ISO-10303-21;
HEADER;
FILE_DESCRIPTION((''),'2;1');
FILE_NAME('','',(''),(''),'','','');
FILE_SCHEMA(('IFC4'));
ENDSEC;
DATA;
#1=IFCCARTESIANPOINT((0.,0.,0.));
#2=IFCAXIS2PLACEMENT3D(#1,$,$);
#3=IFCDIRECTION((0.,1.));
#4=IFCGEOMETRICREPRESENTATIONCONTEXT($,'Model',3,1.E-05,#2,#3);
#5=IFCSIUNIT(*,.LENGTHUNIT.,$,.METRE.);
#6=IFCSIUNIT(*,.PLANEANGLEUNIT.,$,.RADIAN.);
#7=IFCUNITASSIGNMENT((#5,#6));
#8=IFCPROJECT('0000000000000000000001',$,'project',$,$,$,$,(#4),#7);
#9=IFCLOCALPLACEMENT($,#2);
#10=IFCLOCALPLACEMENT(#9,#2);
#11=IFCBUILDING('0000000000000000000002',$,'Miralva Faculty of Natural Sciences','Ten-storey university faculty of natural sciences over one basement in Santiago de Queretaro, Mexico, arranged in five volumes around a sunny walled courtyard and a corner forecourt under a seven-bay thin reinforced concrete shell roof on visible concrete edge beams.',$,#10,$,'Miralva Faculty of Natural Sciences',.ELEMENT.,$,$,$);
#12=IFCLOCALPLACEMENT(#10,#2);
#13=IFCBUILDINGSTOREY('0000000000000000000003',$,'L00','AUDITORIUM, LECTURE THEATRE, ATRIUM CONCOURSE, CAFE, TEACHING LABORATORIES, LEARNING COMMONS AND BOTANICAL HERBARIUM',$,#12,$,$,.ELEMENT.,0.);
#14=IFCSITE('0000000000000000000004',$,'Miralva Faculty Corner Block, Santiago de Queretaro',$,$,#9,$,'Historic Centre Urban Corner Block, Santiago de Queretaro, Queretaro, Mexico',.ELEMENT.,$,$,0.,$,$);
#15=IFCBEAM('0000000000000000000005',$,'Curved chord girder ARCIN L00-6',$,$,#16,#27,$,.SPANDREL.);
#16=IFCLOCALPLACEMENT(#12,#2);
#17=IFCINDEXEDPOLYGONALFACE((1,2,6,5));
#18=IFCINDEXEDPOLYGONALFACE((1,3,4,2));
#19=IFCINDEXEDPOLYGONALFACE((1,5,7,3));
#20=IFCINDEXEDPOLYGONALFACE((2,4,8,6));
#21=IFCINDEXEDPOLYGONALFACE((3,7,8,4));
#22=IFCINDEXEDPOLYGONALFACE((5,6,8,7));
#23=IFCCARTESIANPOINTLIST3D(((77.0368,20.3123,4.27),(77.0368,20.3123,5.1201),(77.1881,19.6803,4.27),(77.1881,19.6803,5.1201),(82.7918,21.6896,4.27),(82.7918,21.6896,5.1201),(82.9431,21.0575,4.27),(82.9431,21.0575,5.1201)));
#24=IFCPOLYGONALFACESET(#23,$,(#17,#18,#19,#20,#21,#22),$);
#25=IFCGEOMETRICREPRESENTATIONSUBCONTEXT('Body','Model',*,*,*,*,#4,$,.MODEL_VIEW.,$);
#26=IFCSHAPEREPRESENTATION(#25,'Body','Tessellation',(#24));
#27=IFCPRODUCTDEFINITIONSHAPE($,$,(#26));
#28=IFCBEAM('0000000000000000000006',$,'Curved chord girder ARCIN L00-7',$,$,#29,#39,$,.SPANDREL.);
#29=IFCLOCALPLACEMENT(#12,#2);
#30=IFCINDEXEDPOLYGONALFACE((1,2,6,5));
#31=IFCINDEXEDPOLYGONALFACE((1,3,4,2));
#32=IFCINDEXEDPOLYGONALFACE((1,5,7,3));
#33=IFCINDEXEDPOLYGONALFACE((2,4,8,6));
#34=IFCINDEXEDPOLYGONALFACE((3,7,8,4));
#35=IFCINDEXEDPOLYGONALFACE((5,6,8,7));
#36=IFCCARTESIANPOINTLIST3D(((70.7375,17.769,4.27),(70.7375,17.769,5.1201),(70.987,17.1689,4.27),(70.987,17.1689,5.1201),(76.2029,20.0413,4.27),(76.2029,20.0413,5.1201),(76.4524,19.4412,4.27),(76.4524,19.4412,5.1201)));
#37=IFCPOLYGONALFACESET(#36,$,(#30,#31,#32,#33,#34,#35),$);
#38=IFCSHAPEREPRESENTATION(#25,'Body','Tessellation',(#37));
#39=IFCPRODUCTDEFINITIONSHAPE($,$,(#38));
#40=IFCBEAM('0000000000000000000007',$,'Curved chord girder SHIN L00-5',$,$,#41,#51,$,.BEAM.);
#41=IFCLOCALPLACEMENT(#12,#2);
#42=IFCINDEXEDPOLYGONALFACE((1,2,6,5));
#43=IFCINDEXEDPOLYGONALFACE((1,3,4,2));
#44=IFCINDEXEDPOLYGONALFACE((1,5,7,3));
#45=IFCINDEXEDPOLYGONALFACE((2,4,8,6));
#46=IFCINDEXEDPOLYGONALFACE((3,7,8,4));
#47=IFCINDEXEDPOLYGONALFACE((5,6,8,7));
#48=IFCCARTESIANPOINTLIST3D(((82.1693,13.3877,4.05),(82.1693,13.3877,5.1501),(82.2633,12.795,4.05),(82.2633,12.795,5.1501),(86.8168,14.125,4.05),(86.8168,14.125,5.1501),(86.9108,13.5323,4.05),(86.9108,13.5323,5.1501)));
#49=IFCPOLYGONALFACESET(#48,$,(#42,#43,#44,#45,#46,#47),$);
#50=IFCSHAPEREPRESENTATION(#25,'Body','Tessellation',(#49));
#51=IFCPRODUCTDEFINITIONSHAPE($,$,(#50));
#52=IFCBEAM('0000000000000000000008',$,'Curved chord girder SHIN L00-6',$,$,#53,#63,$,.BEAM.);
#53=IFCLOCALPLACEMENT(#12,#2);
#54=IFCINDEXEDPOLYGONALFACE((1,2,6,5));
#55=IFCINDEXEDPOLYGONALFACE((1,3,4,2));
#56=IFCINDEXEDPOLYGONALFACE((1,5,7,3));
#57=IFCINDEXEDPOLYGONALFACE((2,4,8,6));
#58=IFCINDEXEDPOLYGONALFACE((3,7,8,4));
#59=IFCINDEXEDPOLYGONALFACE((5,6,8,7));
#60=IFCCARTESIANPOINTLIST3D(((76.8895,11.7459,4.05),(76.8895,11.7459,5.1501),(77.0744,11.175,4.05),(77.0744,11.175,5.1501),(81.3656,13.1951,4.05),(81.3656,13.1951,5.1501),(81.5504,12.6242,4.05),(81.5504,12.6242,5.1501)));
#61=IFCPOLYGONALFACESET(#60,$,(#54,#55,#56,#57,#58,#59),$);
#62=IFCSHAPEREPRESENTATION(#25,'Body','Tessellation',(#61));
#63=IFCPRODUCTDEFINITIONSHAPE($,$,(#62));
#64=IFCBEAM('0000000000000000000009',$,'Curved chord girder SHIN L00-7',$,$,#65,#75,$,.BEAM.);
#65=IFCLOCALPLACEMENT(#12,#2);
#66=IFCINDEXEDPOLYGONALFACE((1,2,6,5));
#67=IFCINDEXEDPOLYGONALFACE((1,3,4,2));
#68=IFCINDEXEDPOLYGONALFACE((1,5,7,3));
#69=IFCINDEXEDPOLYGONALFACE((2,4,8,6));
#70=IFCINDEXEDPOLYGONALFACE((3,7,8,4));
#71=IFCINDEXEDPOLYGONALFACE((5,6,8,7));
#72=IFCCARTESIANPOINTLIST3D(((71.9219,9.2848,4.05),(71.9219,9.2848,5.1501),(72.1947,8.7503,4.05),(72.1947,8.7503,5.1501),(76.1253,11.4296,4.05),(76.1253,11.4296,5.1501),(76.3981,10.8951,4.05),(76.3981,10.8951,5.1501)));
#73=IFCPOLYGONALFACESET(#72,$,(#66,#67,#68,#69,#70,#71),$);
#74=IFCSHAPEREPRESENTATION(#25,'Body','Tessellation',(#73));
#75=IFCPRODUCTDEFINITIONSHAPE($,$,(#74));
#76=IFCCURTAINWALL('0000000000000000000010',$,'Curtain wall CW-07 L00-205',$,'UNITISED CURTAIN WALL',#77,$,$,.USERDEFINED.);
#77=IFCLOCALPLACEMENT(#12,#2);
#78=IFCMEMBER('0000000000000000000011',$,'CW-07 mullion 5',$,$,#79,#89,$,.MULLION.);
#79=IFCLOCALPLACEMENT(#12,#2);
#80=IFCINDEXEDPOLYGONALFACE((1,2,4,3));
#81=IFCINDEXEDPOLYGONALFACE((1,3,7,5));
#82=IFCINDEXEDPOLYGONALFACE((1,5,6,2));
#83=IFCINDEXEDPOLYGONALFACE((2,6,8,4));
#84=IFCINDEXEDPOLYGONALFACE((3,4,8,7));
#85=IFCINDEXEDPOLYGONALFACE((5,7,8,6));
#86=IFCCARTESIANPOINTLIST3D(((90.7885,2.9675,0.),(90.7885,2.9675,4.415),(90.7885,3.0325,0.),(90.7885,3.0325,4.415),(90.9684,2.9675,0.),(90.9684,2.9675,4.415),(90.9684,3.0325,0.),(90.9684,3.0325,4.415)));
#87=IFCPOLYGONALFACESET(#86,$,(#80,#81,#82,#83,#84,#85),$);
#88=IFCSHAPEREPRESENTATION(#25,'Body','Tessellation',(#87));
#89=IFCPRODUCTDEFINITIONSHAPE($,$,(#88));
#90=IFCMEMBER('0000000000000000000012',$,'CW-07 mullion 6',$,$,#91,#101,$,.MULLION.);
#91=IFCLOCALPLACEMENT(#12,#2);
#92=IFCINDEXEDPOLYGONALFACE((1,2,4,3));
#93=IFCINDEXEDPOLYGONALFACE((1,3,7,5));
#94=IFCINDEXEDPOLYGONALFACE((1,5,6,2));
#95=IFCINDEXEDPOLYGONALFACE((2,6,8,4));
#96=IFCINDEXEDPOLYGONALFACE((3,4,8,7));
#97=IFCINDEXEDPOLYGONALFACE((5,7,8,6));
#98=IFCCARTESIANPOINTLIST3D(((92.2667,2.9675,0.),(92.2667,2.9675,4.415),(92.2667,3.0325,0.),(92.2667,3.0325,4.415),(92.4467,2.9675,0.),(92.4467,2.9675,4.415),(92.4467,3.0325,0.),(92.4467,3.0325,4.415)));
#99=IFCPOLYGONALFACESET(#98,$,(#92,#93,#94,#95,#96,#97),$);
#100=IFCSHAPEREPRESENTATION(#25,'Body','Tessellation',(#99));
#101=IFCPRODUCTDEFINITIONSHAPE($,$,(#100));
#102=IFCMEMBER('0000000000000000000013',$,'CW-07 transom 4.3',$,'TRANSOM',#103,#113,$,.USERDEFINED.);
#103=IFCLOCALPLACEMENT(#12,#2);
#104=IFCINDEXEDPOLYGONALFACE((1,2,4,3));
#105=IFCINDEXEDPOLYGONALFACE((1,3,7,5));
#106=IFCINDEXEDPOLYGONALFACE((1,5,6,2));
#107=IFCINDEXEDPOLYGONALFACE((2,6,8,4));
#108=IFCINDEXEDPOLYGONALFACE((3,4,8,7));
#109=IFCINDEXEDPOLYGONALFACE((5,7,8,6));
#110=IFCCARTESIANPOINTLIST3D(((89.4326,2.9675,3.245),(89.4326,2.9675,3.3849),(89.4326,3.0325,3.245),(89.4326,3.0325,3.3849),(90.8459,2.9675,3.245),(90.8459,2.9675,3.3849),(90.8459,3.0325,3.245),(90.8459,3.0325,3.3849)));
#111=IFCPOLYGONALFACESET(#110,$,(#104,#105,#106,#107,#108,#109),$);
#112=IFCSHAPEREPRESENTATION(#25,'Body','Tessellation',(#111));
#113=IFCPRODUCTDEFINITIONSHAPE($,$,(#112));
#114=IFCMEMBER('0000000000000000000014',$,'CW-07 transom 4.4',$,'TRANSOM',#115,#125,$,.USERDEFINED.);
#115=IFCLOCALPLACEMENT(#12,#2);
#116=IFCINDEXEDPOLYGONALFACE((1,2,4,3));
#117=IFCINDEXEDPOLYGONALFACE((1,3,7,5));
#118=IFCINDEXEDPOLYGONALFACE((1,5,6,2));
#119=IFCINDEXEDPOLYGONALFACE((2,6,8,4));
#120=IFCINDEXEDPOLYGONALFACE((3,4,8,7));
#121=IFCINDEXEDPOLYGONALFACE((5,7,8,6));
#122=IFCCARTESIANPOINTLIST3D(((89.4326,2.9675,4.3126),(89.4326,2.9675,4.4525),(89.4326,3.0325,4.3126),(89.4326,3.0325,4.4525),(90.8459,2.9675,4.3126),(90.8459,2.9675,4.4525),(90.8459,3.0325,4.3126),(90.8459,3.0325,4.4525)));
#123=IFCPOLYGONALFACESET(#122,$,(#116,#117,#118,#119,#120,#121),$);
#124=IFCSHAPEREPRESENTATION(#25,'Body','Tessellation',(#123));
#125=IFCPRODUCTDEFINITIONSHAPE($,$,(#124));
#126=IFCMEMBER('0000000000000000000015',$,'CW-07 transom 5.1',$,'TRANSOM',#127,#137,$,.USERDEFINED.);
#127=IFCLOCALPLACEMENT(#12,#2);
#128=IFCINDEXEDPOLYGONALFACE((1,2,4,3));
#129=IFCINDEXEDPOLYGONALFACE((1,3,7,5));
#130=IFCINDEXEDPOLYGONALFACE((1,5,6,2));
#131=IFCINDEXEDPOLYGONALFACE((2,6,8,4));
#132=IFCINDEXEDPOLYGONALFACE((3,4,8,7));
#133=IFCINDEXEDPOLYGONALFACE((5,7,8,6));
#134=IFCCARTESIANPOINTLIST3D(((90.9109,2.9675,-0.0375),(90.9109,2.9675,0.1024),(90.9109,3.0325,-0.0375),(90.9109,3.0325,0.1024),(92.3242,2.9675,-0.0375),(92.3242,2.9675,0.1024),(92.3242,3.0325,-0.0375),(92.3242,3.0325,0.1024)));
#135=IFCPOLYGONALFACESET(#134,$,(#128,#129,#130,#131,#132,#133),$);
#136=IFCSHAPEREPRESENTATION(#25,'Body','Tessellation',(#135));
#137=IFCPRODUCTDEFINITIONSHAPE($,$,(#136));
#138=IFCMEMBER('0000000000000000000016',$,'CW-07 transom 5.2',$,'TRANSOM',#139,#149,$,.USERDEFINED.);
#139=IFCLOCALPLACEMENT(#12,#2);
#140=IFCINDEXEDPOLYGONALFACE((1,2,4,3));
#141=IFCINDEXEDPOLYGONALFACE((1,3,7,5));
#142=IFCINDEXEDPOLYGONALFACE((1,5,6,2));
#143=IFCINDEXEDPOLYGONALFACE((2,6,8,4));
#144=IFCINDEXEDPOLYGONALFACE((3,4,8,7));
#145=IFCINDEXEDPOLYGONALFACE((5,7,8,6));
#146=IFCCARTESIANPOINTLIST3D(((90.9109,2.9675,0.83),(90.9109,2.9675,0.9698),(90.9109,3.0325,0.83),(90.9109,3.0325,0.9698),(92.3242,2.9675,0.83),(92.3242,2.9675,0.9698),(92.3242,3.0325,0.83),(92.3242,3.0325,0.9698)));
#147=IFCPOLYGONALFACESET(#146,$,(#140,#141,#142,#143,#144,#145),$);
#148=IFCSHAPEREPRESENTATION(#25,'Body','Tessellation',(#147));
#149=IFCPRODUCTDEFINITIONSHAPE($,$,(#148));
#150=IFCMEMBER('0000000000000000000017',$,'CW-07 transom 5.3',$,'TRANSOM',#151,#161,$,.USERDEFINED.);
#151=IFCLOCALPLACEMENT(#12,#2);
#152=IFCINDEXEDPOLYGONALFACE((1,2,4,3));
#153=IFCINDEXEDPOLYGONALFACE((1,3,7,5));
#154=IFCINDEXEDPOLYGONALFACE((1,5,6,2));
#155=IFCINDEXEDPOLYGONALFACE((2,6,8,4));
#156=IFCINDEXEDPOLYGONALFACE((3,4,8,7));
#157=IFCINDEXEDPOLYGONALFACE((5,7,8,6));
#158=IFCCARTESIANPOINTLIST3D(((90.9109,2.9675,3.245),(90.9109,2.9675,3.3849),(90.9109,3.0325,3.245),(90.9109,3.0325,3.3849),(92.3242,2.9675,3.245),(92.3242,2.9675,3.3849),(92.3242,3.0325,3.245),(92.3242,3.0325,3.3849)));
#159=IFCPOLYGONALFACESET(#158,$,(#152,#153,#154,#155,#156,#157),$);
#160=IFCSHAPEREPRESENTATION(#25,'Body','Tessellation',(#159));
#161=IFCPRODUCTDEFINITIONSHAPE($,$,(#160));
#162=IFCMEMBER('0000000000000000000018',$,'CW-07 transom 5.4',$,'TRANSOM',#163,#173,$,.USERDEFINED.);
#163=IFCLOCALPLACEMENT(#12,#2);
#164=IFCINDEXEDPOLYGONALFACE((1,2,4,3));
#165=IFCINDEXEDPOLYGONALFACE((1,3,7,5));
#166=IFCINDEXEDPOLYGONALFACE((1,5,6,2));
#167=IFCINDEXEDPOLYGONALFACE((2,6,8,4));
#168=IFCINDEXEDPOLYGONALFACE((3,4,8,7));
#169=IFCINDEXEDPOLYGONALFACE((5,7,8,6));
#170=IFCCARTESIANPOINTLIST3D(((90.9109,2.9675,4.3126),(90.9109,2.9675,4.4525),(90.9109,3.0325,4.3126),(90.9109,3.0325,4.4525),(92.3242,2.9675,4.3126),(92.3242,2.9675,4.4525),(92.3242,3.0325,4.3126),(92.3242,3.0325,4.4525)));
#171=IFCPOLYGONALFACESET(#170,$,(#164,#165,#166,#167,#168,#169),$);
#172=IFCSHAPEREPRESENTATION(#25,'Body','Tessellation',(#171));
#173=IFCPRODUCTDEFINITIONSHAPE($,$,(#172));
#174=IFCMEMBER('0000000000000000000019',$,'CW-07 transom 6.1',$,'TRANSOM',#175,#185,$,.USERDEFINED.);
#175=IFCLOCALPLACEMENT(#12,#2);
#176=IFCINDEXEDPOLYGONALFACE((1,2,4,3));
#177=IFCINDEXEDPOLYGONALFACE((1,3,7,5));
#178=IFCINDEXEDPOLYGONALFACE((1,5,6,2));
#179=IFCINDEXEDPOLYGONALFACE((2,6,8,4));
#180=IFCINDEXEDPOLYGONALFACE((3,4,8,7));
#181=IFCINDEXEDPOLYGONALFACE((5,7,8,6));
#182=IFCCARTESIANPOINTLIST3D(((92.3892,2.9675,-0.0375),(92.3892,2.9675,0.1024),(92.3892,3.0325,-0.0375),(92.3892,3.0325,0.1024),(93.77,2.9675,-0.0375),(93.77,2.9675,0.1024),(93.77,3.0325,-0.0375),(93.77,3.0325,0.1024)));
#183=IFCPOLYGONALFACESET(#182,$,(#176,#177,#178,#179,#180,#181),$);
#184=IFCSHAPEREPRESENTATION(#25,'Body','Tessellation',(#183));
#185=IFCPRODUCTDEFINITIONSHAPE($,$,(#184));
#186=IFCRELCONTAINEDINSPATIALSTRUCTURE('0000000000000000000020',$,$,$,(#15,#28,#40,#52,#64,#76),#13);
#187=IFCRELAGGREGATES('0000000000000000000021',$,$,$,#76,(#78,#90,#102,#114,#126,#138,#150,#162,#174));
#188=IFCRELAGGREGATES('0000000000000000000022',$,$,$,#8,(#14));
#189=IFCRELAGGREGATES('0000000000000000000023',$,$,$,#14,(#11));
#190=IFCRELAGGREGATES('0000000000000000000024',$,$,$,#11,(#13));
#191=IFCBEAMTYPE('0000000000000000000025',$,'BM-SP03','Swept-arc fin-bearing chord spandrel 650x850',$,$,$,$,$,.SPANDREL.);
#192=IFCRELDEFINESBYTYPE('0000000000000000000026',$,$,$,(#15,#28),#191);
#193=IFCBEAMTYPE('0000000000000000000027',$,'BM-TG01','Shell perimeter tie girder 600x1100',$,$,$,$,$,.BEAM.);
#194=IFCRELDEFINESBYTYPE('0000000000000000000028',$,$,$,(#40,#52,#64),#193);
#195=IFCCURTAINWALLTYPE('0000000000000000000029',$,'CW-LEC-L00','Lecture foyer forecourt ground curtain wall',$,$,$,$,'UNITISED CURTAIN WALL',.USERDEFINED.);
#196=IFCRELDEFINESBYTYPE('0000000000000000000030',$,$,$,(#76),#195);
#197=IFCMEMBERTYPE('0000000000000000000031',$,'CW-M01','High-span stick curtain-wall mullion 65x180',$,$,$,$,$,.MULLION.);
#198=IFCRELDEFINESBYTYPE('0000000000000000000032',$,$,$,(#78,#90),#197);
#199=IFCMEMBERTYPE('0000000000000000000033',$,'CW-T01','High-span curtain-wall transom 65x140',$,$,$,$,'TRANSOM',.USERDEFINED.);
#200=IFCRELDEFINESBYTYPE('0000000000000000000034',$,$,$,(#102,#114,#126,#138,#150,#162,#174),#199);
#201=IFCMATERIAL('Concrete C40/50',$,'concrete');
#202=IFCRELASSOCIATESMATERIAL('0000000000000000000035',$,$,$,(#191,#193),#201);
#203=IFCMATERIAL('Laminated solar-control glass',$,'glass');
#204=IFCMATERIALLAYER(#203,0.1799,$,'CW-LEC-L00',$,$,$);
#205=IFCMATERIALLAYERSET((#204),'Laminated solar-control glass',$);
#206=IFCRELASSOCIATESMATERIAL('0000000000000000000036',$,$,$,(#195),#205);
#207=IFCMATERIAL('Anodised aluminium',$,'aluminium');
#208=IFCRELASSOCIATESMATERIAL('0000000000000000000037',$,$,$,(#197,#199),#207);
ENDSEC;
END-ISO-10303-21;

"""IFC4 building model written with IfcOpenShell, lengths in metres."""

from ifc_helpers import new_model, si_unit, direction, frame, origin, origin_2d, place, context, subcontext, project, spatial, rectangle, extrude, material, layer, layer_set, material_profile, profile_set, type_object, element, aggregate, save


model = new_model("IFC4")

# Units and contexts
model_context = context("Model", 3, precision=1e-05, world=origin(), true_north=direction((0.0, 1.0)))
body_context = subcontext(model_context, "Body", "Model", "MODEL_VIEW")
ifc_project = project(units=[si_unit("LENGTHUNIT", "METRE"), si_unit("PLANEANGLEUNIT", "RADIAN")], contexts=[model_context])

# Site, building, storey
site_placement = place(None, origin())
site = spatial("IfcSite", under=ifc_project, at=site_placement, Name="Miralva Faculty Corner Block, Santiago de Queretaro", LongName="Historic Centre Urban Corner Block, Santiago de Queretaro, Queretaro, Mexico", CompositionType="ELEMENT", RefElevation=0.0)
building_placement = place(site_placement, origin())
building = spatial("IfcBuilding", under=site, at=building_placement, Name="Miralva Faculty of Natural Sciences", Description="Ten-storey university faculty of natural sciences over one basement in Santiago de Queretaro, Mexico, arranged in five volumes around a sunny walled courtyard and a corner forecourt under a seven-bay thin reinforced concrete shell roof on visible concrete edge beams.", LongName="Miralva Faculty of Natural Sciences", CompositionType="ELEMENT")
storey_placement = place(building_placement, origin())
storey = spatial("IfcBuildingStorey", under=building, at=storey_placement, Name="L00", Description="AUDITORIUM, LECTURE THEATRE, ATRIUM CONCOURSE, CAFE, TEACHING LABORATORIES, LEARNING COMMONS AND BOTANICAL HERBARIUM", CompositionType="ELEMENT", Elevation=0.0)

# Beams
ifc_material_1 = material(Name="Concrete C40/50", Category="concrete")
ifc_material_profile_1 = material_profile(ifc_material_1, rectangle(XDim=0.6499, YDim=0.8501, at=origin_2d()), Name="RC 650x850")
ifc_profile_set_1 = profile_set([ifc_material_profile_1], Name="Concrete C40/50")
beam_type_1 = type_object("IfcBeamType", Name="BM-SP03", Description="Swept-arc fin-bearing chord spandrel 650x850", PredefinedType="SPANDREL", material=ifc_profile_set_1)
beam_1_placement = place(storey_placement, frame((82.8674, 21.3735, 4.6951), z_axis=(-0.97254, -0.232738, 0.0), x_axis=(0.232738, -0.97254, 0.0)))
element("IfcBeam", 1, at=beam_1_placement, inside=storey, type_object=beam_type_1, Name="Curved chord girder ARCIN L00-6", PredefinedType="SPANDREL", context=body_context, shape_type="SweptSolid", body=[
    extrude(rectangle(XDim=0.6499, YDim=0.8501, at=origin_2d()), origin(), (0.0, 0.0, 1.0), 5.9175),
])
beam_2_placement = place(storey_placement, frame((76.3276, 19.7412, 4.6951), z_axis=(-0.923377, -0.383895, 0.0), x_axis=(0.383895, -0.923377, 0.0)))
element("IfcBeam", 2, at=beam_2_placement, inside=storey, type_object=beam_type_1, Name="Curved chord girder ARCIN L00-7", PredefinedType="SPANDREL", context=body_context, shape_type="SweptSolid", body=[
    extrude(rectangle(XDim=0.6499, YDim=0.8501, at=origin_2d()), origin(), (0.0, 0.0, 1.0), 5.9189),
])
ifc_material_profile_2 = material_profile(ifc_material_1, rectangle(XDim=0.6001, YDim=1.1001, at=origin_2d()), Name="RC 600x1100")
ifc_profile_set_2 = profile_set([ifc_material_profile_2], Name="Concrete C40/50")
beam_type_2 = type_object("IfcBeamType", Name="BM-TG01", Description="Shell perimeter tie girder 600x1100", PredefinedType="BEAM", material=ifc_profile_set_2)
beam_3_placement = place(storey_placement, frame((86.8638, 13.8286, 4.6001), z_axis=(-0.987648, -0.156687, 0.0), x_axis=(0.156687, -0.987648, 0.0)))
element("IfcBeam", 3, at=beam_3_placement, inside=storey, type_object=beam_type_2, Name="Curved chord girder SHIN L00-5", PredefinedType="BEAM", context=body_context, shape_type="SweptSolid", body=[
    extrude(rectangle(XDim=0.6001, YDim=1.1001, at=origin_2d()), origin(), (0.0, 0.0, 1.0), 4.7056),
])
beam_4_placement = place(storey_placement, frame((81.458, 12.9097, 4.6001), z_axis=(-0.951377, -0.308028, 0.0), x_axis=(0.308028, -0.951377, 0.0)))
element("IfcBeam", 4, at=beam_4_placement, inside=storey, type_object=beam_type_2, Name="Curved chord girder SHIN L00-6", PredefinedType="BEAM", context=body_context, shape_type="SweptSolid", body=[
    extrude(rectangle(XDim=0.6001, YDim=1.1001, at=origin_2d()), origin(), (0.0, 0.0, 1.0), 4.7048),
])
beam_5_placement = place(storey_placement, frame((76.2617, 11.1624, 4.6001), z_axis=(-0.890745, -0.454504, 0.0), x_axis=(0.454504, -0.890745, 0.0)))
element("IfcBeam", 5, at=beam_5_placement, inside=storey, type_object=beam_type_2, Name="Curved chord girder SHIN L00-7", PredefinedType="BEAM", context=body_context, shape_type="SweptSolid", body=[
    extrude(rectangle(XDim=0.6001, YDim=1.1001, at=origin_2d()), origin(), (0.0, 0.0, 1.0), 4.719),
])

# Curtain wall, members
ifc_material_2 = material(Name="Laminated solar-control glass", Category="glass")
ifc_layer_1 = layer(ifc_material_2, 0.1799, Name="CW-LEC-L00")
ifc_layer_set_1 = layer_set([ifc_layer_1], Name="Laminated solar-control glass")
curtain_wall_type = type_object("IfcCurtainWallType", Name="CW-LEC-L00", Description="Lecture foyer forecourt ground curtain wall", ElementType="UNITISED CURTAIN WALL", PredefinedType="USERDEFINED", material=ifc_layer_set_1)
curtain_wall_placement = place(storey_placement, origin())
curtain_wall = element("IfcCurtainWall", 6, at=curtain_wall_placement, inside=storey, type_object=curtain_wall_type, Name="Curtain wall CW-07 L00-205", ObjectType="UNITISED CURTAIN WALL", PredefinedType="USERDEFINED")
ifc_material_3 = material(Name="Anodised aluminium", Category="aluminium")
ifc_material_profile_3 = material_profile(ifc_material_3, rectangle(XDim=0.0649, YDim=0.1799, at=origin_2d()), Name="MULLION 65x180")
ifc_profile_set_3 = profile_set([ifc_material_profile_3], Name="Anodised aluminium")
member_type_1 = type_object("IfcMemberType", Name="CW-M01", Description="High-span stick curtain-wall mullion 65x180", PredefinedType="MULLION", material=ifc_profile_set_3)
member_1_placement = place(storey_placement, frame((90.8784, 3.0, 0.0), z_axis=(0.0, 0.0, 1.0), x_axis=(0.0, 1.0, 0.0)))
member_1 = element("IfcMember", 7, at=member_1_placement, type_object=member_type_1, Name="CW-07 mullion 5", PredefinedType="MULLION", context=body_context, shape_type="SweptSolid", body=[
    extrude(rectangle(XDim=0.0649, YDim=0.1799, at=origin_2d()), origin(), (0.0, 0.0, 1.0), 4.415),
])
member_2_placement = place(storey_placement, frame((92.3567, 3.0, 0.0), z_axis=(0.0, 0.0, 1.0), x_axis=(0.0, 1.0, 0.0)))
member_2 = element("IfcMember", 8, at=member_2_placement, type_object=member_type_1, Name="CW-07 mullion 6", PredefinedType="MULLION", context=body_context, shape_type="SweptSolid", body=[
    extrude(rectangle(XDim=0.0649, YDim=0.1799, at=origin_2d()), origin(), (0.0, 0.0, 1.0), 4.415),
])
ifc_material_profile_4 = material_profile(ifc_material_3, rectangle(XDim=0.0649, YDim=0.1399, at=origin_2d()), Name="TRANSOM 65x140")
ifc_profile_set_4 = profile_set([ifc_material_profile_4], Name="Anodised aluminium")
member_type_2 = type_object("IfcMemberType", Name="CW-T01", Description="High-span curtain-wall transom 65x140", ElementType="TRANSOM", PredefinedType="USERDEFINED", material=ifc_profile_set_4)
member_3_placement = place(storey_placement, frame((89.4326, 3.0, 3.3149), z_axis=(1.0, 0.0, 0.0), x_axis=(0.0, 1.0, 0.0)))
member_3 = element("IfcMember", 9, at=member_3_placement, type_object=member_type_2, Name="CW-07 transom 4.3", ObjectType="TRANSOM", PredefinedType="USERDEFINED", context=body_context, shape_type="SweptSolid", body=[
    extrude(rectangle(XDim=0.0649, YDim=0.1399, at=origin_2d()), origin(), (0.0, 0.0, 1.0), 1.4133),
])
member_4_placement = place(storey_placement, frame((89.4326, 3.0, 4.3826), z_axis=(1.0, 0.0, 0.0), x_axis=(0.0, 1.0, 0.0)))
member_4 = element("IfcMember", 10, at=member_4_placement, type_object=member_type_2, Name="CW-07 transom 4.4", ObjectType="TRANSOM", PredefinedType="USERDEFINED", context=body_context, shape_type="SweptSolid", body=[
    extrude(rectangle(XDim=0.0649, YDim=0.1399, at=origin_2d()), origin(), (0.0, 0.0, 1.0), 1.4133),
])
member_5_placement = place(storey_placement, frame((90.9109, 3.0, 0.0325), z_axis=(1.0, 0.0, 0.0), x_axis=(0.0, 1.0, 0.0)))
member_5 = element("IfcMember", 11, at=member_5_placement, type_object=member_type_2, Name="CW-07 transom 5.1", ObjectType="TRANSOM", PredefinedType="USERDEFINED", context=body_context, shape_type="SweptSolid", body=[
    extrude(rectangle(XDim=0.0649, YDim=0.1399, at=origin_2d()), origin(), (0.0, 0.0, 1.0), 1.4133),
])
member_6_placement = place(storey_placement, frame((90.9109, 3.0, 0.8999), z_axis=(1.0, 0.0, 0.0), x_axis=(0.0, 1.0, 0.0)))
member_6 = element("IfcMember", 12, at=member_6_placement, type_object=member_type_2, Name="CW-07 transom 5.2", ObjectType="TRANSOM", PredefinedType="USERDEFINED", context=body_context, shape_type="SweptSolid", body=[
    extrude(rectangle(XDim=0.0649, YDim=0.1399, at=origin_2d()), origin(), (0.0, 0.0, 1.0), 1.4133),
])
member_7_placement = place(storey_placement, frame((90.9109, 3.0, 3.3149), z_axis=(1.0, 0.0, 0.0), x_axis=(0.0, 1.0, 0.0)))
member_7 = element("IfcMember", 13, at=member_7_placement, type_object=member_type_2, Name="CW-07 transom 5.3", ObjectType="TRANSOM", PredefinedType="USERDEFINED", context=body_context, shape_type="SweptSolid", body=[
    extrude(rectangle(XDim=0.0649, YDim=0.1399, at=origin_2d()), origin(), (0.0, 0.0, 1.0), 1.4133),
])
member_8_placement = place(storey_placement, frame((90.9109, 3.0, 4.3826), z_axis=(1.0, 0.0, 0.0), x_axis=(0.0, 1.0, 0.0)))
member_8 = element("IfcMember", 14, at=member_8_placement, type_object=member_type_2, Name="CW-07 transom 5.4", ObjectType="TRANSOM", PredefinedType="USERDEFINED", context=body_context, shape_type="SweptSolid", body=[
    extrude(rectangle(XDim=0.0649, YDim=0.1399, at=origin_2d()), origin(), (0.0, 0.0, 1.0), 1.4133),
])
member_9_placement = place(storey_placement, frame((92.3892, 3.0, 0.0325), z_axis=(1.0, 0.0, 0.0), x_axis=(0.0, 1.0, 0.0)))
member_9 = element("IfcMember", 15, at=member_9_placement, type_object=member_type_2, Name="CW-07 transom 6.1", ObjectType="TRANSOM", PredefinedType="USERDEFINED", context=body_context, shape_type="SweptSolid", body=[
    extrude(rectangle(XDim=0.0649, YDim=0.1399, at=origin_2d()), origin(), (0.0, 0.0, 1.0), 1.3809),
])
aggregate(curtain_wall, [member_1, member_2, member_3, member_4, member_5, member_6, member_7, member_8, member_9])

save(model, "model.ifc")
